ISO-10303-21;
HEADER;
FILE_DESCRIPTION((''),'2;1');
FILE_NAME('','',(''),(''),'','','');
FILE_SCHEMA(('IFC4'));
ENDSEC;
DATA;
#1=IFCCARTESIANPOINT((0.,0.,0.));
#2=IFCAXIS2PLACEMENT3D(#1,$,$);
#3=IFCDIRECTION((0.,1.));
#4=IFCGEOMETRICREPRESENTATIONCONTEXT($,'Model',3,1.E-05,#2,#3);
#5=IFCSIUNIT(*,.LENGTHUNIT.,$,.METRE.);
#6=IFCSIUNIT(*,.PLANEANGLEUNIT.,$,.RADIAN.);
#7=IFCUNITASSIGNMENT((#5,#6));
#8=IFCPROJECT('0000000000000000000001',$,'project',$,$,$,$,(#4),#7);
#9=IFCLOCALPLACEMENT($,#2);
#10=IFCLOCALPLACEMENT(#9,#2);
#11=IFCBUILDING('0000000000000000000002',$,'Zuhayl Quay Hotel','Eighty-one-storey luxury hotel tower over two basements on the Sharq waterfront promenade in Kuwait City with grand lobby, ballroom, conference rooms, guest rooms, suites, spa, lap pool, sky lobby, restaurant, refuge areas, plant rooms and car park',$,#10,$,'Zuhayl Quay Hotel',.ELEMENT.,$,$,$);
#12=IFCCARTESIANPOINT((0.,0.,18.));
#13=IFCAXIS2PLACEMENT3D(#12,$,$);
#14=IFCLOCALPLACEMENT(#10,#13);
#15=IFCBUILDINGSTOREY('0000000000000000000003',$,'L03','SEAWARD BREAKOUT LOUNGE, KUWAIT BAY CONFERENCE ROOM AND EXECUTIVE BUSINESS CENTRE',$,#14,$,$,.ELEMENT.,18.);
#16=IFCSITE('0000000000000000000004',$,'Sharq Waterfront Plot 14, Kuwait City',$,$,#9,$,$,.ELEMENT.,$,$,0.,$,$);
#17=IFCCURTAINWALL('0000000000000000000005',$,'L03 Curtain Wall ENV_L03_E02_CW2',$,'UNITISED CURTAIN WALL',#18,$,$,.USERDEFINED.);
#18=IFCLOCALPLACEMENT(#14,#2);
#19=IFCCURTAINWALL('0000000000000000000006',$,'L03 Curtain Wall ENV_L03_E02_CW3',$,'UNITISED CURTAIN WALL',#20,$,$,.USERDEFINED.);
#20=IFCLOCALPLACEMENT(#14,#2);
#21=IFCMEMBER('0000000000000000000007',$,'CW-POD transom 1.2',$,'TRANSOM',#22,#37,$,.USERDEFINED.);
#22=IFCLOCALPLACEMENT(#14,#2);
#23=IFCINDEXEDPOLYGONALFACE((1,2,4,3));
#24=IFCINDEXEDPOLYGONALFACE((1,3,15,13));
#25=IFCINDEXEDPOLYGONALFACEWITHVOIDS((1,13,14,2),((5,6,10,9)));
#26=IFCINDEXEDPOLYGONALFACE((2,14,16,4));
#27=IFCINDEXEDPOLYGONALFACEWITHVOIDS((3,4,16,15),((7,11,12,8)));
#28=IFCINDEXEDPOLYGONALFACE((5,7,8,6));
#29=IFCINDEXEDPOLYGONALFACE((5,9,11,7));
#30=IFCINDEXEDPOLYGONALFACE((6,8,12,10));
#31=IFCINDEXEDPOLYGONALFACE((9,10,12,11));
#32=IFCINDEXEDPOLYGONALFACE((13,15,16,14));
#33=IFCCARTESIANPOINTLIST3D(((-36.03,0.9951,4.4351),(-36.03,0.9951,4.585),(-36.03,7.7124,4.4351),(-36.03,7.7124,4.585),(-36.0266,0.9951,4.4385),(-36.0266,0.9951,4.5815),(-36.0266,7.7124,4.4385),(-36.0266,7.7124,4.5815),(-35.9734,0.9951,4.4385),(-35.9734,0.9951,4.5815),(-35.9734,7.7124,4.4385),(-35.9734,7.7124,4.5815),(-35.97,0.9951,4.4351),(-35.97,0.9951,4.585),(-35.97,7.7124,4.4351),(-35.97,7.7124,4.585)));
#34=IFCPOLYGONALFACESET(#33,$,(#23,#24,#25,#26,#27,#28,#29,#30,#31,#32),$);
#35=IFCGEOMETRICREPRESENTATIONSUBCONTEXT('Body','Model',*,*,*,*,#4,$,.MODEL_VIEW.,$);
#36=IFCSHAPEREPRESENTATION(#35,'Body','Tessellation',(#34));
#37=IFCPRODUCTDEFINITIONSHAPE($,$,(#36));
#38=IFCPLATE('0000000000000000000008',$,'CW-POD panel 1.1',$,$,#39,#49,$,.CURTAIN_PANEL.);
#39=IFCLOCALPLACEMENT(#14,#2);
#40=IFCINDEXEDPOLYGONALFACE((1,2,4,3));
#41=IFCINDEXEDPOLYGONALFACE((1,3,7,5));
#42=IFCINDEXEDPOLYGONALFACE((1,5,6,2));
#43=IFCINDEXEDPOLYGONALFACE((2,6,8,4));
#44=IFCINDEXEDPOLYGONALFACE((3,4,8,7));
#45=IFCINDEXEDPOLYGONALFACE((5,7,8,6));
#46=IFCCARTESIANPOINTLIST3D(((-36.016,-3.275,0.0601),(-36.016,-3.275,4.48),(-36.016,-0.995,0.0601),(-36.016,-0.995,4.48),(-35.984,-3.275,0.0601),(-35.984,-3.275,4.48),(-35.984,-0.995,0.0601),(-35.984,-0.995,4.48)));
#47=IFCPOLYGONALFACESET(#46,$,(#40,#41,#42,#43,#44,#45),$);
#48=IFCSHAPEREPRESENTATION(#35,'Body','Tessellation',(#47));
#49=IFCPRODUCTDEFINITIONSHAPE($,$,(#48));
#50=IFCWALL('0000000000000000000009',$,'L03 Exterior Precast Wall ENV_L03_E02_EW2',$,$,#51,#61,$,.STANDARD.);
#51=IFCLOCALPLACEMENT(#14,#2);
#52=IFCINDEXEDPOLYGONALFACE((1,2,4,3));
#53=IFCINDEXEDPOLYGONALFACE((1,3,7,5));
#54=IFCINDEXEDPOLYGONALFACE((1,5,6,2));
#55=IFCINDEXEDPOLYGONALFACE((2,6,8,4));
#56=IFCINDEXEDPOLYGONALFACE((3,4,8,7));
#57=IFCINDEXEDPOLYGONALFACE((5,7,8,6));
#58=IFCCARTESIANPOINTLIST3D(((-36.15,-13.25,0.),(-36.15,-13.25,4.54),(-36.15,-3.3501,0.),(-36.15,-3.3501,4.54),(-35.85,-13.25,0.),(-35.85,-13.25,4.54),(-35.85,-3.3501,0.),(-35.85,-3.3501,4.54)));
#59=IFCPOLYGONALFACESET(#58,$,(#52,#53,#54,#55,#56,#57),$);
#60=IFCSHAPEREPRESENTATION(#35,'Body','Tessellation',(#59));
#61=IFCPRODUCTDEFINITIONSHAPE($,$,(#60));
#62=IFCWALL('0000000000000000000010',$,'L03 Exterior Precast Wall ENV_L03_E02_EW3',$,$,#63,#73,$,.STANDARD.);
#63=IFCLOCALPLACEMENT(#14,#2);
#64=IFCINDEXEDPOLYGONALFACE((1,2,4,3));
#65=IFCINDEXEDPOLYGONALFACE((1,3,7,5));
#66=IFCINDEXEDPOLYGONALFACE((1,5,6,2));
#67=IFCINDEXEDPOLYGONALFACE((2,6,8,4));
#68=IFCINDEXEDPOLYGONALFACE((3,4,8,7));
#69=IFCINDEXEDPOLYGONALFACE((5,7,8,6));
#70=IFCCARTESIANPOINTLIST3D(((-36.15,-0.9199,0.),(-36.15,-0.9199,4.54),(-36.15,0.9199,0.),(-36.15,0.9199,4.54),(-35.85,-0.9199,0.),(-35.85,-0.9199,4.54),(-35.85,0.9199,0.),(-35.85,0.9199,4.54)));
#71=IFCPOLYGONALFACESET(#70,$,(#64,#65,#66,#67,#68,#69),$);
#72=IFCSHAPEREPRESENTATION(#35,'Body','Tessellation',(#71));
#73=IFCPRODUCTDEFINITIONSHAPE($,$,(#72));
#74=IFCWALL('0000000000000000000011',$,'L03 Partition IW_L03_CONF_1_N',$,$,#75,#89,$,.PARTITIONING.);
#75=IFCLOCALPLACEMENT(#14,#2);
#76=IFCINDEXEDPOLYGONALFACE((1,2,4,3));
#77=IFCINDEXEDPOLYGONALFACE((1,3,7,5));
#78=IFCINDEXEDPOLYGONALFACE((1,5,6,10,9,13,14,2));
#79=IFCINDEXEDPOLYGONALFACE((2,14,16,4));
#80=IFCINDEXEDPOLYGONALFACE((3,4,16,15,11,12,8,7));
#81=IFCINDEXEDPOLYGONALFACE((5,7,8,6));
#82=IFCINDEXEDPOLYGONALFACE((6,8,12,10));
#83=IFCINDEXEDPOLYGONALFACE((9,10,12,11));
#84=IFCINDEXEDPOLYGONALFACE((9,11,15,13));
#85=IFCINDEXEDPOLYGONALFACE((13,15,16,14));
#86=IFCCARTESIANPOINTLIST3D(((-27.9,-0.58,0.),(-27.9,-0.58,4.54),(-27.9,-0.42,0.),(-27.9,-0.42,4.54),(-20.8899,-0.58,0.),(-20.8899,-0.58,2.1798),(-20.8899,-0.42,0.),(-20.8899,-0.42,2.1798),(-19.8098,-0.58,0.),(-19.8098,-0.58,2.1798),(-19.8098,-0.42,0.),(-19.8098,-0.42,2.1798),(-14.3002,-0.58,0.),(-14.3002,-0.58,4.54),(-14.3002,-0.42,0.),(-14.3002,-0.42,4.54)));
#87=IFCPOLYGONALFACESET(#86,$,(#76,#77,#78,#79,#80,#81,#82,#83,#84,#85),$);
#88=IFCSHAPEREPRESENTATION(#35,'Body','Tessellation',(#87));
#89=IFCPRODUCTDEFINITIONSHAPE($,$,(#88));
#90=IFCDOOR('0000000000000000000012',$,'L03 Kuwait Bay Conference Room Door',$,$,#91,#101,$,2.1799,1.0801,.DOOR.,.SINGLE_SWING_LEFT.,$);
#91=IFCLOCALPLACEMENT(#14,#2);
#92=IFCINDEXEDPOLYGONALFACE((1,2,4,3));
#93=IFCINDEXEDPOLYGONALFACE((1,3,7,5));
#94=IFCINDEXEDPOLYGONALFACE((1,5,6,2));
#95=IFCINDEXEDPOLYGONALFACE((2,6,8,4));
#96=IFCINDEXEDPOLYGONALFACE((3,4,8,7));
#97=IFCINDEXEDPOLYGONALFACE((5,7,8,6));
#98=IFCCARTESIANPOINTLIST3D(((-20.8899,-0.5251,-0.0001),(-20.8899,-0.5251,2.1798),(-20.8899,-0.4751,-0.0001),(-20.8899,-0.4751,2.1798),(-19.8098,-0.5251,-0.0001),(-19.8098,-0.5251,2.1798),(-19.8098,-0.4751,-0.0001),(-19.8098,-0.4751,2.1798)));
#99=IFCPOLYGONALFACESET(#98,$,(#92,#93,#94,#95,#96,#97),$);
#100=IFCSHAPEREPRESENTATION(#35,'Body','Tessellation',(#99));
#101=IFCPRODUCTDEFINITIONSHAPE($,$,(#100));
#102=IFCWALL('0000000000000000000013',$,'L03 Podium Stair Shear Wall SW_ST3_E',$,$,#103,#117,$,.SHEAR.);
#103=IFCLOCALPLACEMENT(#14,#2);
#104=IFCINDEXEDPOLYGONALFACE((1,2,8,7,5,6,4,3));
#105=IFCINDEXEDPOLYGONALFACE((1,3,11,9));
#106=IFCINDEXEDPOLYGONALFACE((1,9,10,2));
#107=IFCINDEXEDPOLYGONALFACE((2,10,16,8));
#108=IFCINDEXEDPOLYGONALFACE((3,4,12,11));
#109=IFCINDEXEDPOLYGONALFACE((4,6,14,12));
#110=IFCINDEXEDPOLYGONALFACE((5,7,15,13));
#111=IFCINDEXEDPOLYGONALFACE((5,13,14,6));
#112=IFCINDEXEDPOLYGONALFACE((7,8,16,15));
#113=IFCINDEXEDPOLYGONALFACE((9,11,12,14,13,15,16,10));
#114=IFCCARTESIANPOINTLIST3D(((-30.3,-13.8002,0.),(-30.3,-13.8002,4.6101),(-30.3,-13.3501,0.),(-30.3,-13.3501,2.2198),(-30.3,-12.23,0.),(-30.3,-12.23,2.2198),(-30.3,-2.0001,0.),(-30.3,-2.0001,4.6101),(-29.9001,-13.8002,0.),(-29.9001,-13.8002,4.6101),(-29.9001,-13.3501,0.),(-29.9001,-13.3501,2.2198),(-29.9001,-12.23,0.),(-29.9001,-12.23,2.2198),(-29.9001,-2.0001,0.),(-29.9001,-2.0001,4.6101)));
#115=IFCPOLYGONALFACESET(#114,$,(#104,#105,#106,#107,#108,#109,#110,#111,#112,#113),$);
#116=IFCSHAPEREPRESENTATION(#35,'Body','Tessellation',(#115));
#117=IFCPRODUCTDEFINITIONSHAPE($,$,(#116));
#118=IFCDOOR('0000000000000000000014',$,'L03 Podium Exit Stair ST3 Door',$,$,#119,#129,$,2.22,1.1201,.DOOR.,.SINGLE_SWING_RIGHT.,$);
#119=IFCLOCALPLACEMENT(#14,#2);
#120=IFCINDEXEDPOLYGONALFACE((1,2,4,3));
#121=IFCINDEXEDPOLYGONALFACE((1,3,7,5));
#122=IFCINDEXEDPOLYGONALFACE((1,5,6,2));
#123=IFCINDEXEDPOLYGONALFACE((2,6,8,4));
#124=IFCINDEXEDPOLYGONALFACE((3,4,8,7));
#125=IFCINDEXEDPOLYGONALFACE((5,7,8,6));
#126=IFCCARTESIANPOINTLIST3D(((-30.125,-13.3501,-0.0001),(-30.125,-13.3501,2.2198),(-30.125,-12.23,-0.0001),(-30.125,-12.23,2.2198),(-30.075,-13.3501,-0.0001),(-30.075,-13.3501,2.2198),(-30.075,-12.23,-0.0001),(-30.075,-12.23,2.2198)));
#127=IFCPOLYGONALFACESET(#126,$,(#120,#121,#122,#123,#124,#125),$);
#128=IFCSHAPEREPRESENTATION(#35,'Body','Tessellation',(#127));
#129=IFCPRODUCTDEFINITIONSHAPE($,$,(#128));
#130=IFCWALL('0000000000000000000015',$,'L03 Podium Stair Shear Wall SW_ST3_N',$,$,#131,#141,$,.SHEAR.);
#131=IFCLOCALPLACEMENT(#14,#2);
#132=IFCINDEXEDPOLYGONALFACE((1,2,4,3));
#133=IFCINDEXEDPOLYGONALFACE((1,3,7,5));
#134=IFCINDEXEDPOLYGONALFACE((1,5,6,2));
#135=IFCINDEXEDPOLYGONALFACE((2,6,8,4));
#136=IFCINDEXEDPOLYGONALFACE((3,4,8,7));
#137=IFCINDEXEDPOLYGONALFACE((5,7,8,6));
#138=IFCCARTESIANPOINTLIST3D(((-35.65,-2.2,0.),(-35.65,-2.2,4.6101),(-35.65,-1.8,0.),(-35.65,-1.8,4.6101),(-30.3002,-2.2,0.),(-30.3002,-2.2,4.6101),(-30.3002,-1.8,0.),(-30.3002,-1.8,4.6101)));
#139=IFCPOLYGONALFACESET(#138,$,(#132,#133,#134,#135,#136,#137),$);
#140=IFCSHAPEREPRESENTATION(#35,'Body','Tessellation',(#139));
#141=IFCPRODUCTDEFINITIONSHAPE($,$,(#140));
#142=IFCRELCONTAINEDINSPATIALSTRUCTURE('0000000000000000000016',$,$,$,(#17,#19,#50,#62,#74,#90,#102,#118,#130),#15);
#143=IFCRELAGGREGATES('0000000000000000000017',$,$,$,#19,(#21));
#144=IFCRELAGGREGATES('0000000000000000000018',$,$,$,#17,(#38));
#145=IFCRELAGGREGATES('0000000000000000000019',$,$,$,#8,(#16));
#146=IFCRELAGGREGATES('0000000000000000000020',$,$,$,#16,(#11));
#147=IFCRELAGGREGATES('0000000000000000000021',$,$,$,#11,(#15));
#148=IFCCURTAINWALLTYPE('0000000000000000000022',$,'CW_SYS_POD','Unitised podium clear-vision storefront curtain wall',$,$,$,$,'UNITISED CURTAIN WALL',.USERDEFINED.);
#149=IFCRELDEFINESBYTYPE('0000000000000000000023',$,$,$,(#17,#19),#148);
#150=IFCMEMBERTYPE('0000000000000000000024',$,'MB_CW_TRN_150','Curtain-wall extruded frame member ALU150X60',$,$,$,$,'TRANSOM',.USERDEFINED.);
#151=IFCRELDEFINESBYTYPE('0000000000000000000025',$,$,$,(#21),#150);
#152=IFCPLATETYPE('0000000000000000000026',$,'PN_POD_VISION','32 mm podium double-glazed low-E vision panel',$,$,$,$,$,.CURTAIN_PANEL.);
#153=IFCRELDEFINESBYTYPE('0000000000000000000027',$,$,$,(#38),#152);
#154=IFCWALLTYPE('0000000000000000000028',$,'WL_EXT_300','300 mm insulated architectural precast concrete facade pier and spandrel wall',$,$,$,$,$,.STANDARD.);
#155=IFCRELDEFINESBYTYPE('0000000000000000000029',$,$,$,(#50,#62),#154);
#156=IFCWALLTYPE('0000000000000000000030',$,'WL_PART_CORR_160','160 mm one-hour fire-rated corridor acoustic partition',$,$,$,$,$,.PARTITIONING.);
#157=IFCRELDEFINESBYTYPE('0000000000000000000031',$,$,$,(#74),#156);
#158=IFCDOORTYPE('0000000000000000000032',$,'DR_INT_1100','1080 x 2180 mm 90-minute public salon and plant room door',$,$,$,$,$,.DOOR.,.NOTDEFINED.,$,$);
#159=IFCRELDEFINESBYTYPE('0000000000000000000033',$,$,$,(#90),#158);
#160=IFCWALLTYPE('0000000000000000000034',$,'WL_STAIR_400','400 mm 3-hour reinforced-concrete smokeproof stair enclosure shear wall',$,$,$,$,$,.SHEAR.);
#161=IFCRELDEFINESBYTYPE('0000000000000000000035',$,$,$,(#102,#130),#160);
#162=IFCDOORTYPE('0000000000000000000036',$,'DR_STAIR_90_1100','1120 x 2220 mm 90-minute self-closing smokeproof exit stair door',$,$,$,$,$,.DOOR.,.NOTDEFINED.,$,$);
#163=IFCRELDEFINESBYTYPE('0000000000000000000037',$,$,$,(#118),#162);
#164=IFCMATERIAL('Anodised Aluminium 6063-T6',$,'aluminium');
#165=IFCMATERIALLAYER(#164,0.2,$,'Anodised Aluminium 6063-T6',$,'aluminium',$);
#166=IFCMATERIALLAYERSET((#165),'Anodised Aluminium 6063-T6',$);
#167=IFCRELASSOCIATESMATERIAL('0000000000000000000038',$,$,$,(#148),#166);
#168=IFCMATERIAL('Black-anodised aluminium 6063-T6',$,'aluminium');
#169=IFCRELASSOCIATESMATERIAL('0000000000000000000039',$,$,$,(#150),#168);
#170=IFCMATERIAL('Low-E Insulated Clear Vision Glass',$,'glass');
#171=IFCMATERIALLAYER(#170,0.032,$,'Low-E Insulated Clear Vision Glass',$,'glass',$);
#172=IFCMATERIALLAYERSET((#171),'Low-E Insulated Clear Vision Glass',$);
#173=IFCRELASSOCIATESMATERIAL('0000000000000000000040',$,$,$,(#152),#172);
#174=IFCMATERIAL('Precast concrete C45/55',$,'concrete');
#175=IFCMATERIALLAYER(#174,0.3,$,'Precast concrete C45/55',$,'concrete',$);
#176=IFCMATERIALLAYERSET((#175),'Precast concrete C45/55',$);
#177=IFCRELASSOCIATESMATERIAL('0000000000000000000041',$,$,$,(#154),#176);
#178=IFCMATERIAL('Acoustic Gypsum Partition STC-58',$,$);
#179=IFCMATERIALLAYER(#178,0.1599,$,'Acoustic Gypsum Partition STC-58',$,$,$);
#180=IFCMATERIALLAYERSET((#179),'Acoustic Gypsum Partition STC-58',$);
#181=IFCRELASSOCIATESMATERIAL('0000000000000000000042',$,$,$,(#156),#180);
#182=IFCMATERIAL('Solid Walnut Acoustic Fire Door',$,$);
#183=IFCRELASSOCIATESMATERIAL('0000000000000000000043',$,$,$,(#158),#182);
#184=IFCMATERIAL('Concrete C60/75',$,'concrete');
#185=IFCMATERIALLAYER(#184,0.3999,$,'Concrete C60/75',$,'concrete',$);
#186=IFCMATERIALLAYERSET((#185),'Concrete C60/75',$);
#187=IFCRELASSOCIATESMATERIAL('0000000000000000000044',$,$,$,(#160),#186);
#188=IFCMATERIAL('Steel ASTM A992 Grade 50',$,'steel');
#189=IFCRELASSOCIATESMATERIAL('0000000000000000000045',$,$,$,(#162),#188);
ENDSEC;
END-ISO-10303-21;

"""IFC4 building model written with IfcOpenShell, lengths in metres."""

from ifc_helpers import new_model, si_unit, direction, frame, frame_2d, origin, origin_2d, place, context, subcontext, project, spatial, rectangle, hollow_rectangle, extrude, material, layer, layer_set, material_profile, profile_set, type_object, element, fill, aggregate, save


model = new_model("IFC4")

# Units and contexts
model_context = context("Model", 3, precision=1e-05, world=origin(), true_north=direction((0.0, 1.0)))
body_context = subcontext(model_context, "Body", "Model", "MODEL_VIEW")
ifc_project = project(units=[si_unit("LENGTHUNIT", "METRE"), si_unit("PLANEANGLEUNIT", "RADIAN")], contexts=[model_context])

# Site, building, storey
site_placement = place(None, origin())
site = spatial("IfcSite", under=ifc_project, at=site_placement, Name="Sharq Waterfront Plot 14, Kuwait City", CompositionType="ELEMENT", RefElevation=0.0)
building_placement = place(site_placement, origin())
building = spatial("IfcBuilding", under=site, at=building_placement, Name="Zuhayl Quay Hotel", Description="Eighty-one-storey luxury hotel tower over two basements on the Sharq waterfront promenade in Kuwait City with grand lobby, ballroom, conference rooms, guest rooms, suites, spa, lap pool, sky lobby, restaurant, refuge areas, plant rooms and car park", LongName="Zuhayl Quay Hotel", CompositionType="ELEMENT")
storey_placement = place(building_placement, frame((0.0, 0.0, 18.0)))
storey = spatial("IfcBuildingStorey", under=building, at=storey_placement, Name="L03", Description="SEAWARD BREAKOUT LOUNGE, KUWAIT BAY CONFERENCE ROOM AND EXECUTIVE BUSINESS CENTRE", CompositionType="ELEMENT", Elevation=18.0)

# Shared definitions
ifc_material_1 = material(Name="Anodised Aluminium 6063-T6", Category="aluminium")
ifc_layer_1 = layer(ifc_material_1, 0.2, Name="Anodised Aluminium 6063-T6", Category="aluminium")
ifc_layer_set_1 = layer_set([ifc_layer_1], Name="Anodised Aluminium 6063-T6")
curtain_wall_type = type_object("IfcCurtainWallType", Name="CW_SYS_POD", Description="Unitised podium clear-vision storefront curtain wall", ElementType="UNITISED CURTAIN WALL", PredefinedType="USERDEFINED", material=ifc_layer_set_1)
ifc_material_2 = material(Name="Black-anodised aluminium 6063-T6", Category="aluminium")

# Curtain wall
curtain_wall_1_placement = place(storey_placement, origin())
curtain_wall_1 = element("IfcCurtainWall", 1, at=curtain_wall_1_placement, inside=storey, type_object=curtain_wall_type, Name="L03 Curtain Wall ENV_L03_E02_CW2", ObjectType="UNITISED CURTAIN WALL", PredefinedType="USERDEFINED")

# Curtain wall
curtain_wall_2_placement = place(storey_placement, origin())
curtain_wall_2 = element("IfcCurtainWall", 2, at=curtain_wall_2_placement, inside=storey, type_object=curtain_wall_type, Name="L03 Curtain Wall ENV_L03_E02_CW3", ObjectType="UNITISED CURTAIN WALL", PredefinedType="USERDEFINED")

# Member
ifc_material_profile_1 = material_profile(ifc_material_2, hollow_rectangle(XDim=0.0601, YDim=0.1499, WallThickness=0.0034, at=origin_2d()), Name="ALU150X60")
ifc_profile_set_1 = profile_set([ifc_material_profile_1], Name="Black-anodised aluminium 6063-T6")
member_type_1 = type_object("IfcMemberType", Name="MB_CW_TRN_150", Description="Curtain-wall extruded frame member ALU150X60", ElementType="TRANSOM", PredefinedType="USERDEFINED", material=ifc_profile_set_1)
member_1_placement = place(storey_placement, frame((-36.0, 0.9951, 4.51), z_axis=(0.0, 1.0, 0.0), x_axis=(-1.0, 0.0, 0.0)))
member_1 = element("IfcMember", 3, at=member_1_placement, type_object=member_type_1, Name="CW-POD transom 1.2", ObjectType="TRANSOM", PredefinedType="USERDEFINED", context=body_context, shape_type="SweptSolid", body=[
    extrude(hollow_rectangle(XDim=0.0601, YDim=0.1499, WallThickness=0.0034, at=origin_2d()), origin(), (0.0, 0.0, 1.0), 6.7173),
])
aggregate(curtain_wall_2, [member_1])

# Plate
ifc_material_3 = material(Name="Low-E Insulated Clear Vision Glass", Category="glass")
ifc_layer_2 = layer(ifc_material_3, 0.032, Name="Low-E Insulated Clear Vision Glass", Category="glass")
ifc_layer_set_2 = layer_set([ifc_layer_2], Name="Low-E Insulated Clear Vision Glass")
plate_type = type_object("IfcPlateType", Name="PN_POD_VISION", Description="32 mm podium double-glazed low-E vision panel", PredefinedType="CURTAIN_PANEL", material=ifc_layer_set_2)
plate_placement = place(storey_placement, frame((-36.0, -2.135, 0.0601), z_axis=(0.0, 0.0, 1.0), x_axis=(0.0, 1.0, 0.0)))
plate = element("IfcPlate", 4, at=plate_placement, type_object=plate_type, Name="CW-POD panel 1.1", PredefinedType="CURTAIN_PANEL", context=body_context, shape_type="SweptSolid", body=[
    extrude(rectangle(XDim=2.28, YDim=0.032, at=origin_2d()), origin(), (0.0, 0.0, 1.0), 4.4199),
])
aggregate(curtain_wall_1, [plate])

# Walls
ifc_material_4 = material(Name="Precast concrete C45/55", Category="concrete")
ifc_layer_3 = layer(ifc_material_4, 0.3, Name="Precast concrete C45/55", Category="concrete")
ifc_layer_set_3 = layer_set([ifc_layer_3], Name="Precast concrete C45/55")
wall_type_1 = type_object("IfcWallType", Name="WL_EXT_300", Description="300 mm insulated architectural precast concrete facade pier and spandrel wall", PredefinedType="STANDARD", material=ifc_layer_set_3)
wall_1_placement = place(storey_placement, frame((-36.0, -13.25, 0.0), z_axis=(0.0, 0.0, 1.0), x_axis=(0.0, 1.0, 0.0)))
element("IfcWall", 5, at=wall_1_placement, inside=storey, type_object=wall_type_1, Name="L03 Exterior Precast Wall ENV_L03_E02_EW2", PredefinedType="STANDARD", context=body_context, shape_type="SweptSolid", body=[
    extrude(rectangle(XDim=9.8999, YDim=0.3, at=frame_2d((4.95, 0.0))), origin(), (0.0, 0.0, 1.0), 4.54),
])
wall_2_placement = place(storey_placement, frame((-36.0, -0.9199, 0.0), z_axis=(0.0, 0.0, 1.0), x_axis=(0.0, 1.0, 0.0)))
element("IfcWall", 6, at=wall_2_placement, inside=storey, type_object=wall_type_1, Name="L03 Exterior Precast Wall ENV_L03_E02_EW3", PredefinedType="STANDARD", context=body_context, shape_type="SweptSolid", body=[
    extrude(rectangle(XDim=1.8398, YDim=0.3, at=frame_2d((0.9199, 0.0))), origin(), (0.0, 0.0, 1.0), 4.54),
])

# Walls, openings, doors
ifc_material_5 = material(Name="Acoustic Gypsum Partition STC-58")
ifc_layer_4 = layer(ifc_material_5, 0.1599, Name="Acoustic Gypsum Partition STC-58")
ifc_layer_set_4 = layer_set([ifc_layer_4], Name="Acoustic Gypsum Partition STC-58")
wall_type_2 = type_object("IfcWallType", Name="WL_PART_CORR_160", Description="160 mm one-hour fire-rated corridor acoustic partition", PredefinedType="PARTITIONING", material=ifc_layer_set_4)
wall_3_placement = place(storey_placement, frame((-27.8999, -0.5, 0.0), z_axis=(0.0, 0.0, 1.0), x_axis=(1.0, 0.0, 0.0)))
wall_3 = element("IfcWall", 7, at=wall_3_placement, inside=storey, type_object=wall_type_2, Name="L03 Partition IW_L03_CONF_1_N", PredefinedType="PARTITIONING", context=body_context, shape_type="SweptSolid", body=[
    extrude(rectangle(XDim=13.5999, YDim=0.1599, at=frame_2d((6.7998, 0.0))), origin(), (0.0, 0.0, 1.0), 4.54),
])
opening_1_placement = place(wall_3_placement, frame((7.01, 0.0, 0.0)))
opening_1 = element("IfcOpeningElement", 8, at=opening_1_placement, cuts=wall_3, PredefinedType="OPENING", context=body_context, shape_type="SweptSolid", body=[
    extrude(rectangle(XDim=1.0801, YDim=2.1799, at=frame_2d((0.54, 1.0898))), frame((0.0, 0.0898, 0.0), z_axis=(0.0, -1.0, 0.0), x_axis=(1.0, 0.0, 0.0)), (0.0, 0.0, 1.0), 0.1799),
])
ifc_material_6 = material(Name="Solid Walnut Acoustic Fire Door")
door_type_1 = type_object("IfcDoorType", Name="DR_INT_1100", Description="1080 x 2180 mm 90-minute public salon and plant room door", OperationType="NOTDEFINED", PredefinedType="DOOR", material=ifc_material_6)
door_1_placement = place(opening_1_placement, origin())
door_1 = element("IfcDoor", 9, at=door_1_placement, inside=storey, type_object=door_type_1, Name="L03 Kuwait Bay Conference Room Door", OperationType="SINGLE_SWING_LEFT", OverallHeight=2.1799, OverallWidth=1.0801, PredefinedType="DOOR", context=body_context, shape_type="SweptSolid", body=[
    extrude(rectangle(XDim=1.0801, YDim=2.1799, at=frame_2d((0.54, 1.0898))), frame((0.0, 0.0249, 0.0), z_axis=(0.0, -1.0, 0.0), x_axis=(1.0, 0.0, 0.0)), (0.0, 0.0, 1.0), 0.05),
])
fill(opening_1, door_1)
ifc_material_7 = material(Name="Concrete C60/75", Category="concrete")
ifc_layer_5 = layer(ifc_material_7, 0.3999, Name="Concrete C60/75", Category="concrete")
ifc_layer_set_5 = layer_set([ifc_layer_5], Name="Concrete C60/75")
wall_type_3 = type_object("IfcWallType", Name="WL_STAIR_400", Description="400 mm 3-hour reinforced-concrete smokeproof stair enclosure shear wall", PredefinedType="SHEAR", material=ifc_layer_set_5)
wall_4_placement = place(storey_placement, frame((-30.1001, -13.8, 0.0), z_axis=(0.0, 0.0, 1.0), x_axis=(0.0, 1.0, 0.0)))
wall_4 = element("IfcWall", 10, at=wall_4_placement, inside=storey, type_object=wall_type_3, Name="L03 Podium Stair Shear Wall SW_ST3_E", PredefinedType="SHEAR", context=body_context, shape_type="SweptSolid", body=[
    extrude(rectangle(XDim=11.8, YDim=0.3999, at=frame_2d((5.8999, 0.0))), origin(), (0.0, 0.0, 1.0), 4.6101),
])
opening_2_placement = place(wall_4_placement, frame((0.45, 0.0, 0.0)))
opening_2 = element("IfcOpeningElement", 11, at=opening_2_placement, cuts=wall_4, PredefinedType="OPENING", context=body_context, shape_type="SweptSolid", body=[
    extrude(rectangle(XDim=1.1201, YDim=2.22, at=frame_2d((0.5601, 1.1099))), frame((0.0, 0.21, 0.0), z_axis=(0.0, -1.0, 0.0), x_axis=(1.0, 0.0, 0.0)), (0.0, 0.0, 1.0), 0.4199),
])
ifc_material_8 = material(Name="Steel ASTM A992 Grade 50", Category="steel")
door_type_2 = type_object("IfcDoorType", Name="DR_STAIR_90_1100", Description="1120 x 2220 mm 90-minute self-closing smokeproof exit stair door", OperationType="NOTDEFINED", PredefinedType="DOOR", material=ifc_material_8)
door_2_placement = place(opening_2_placement, origin())
door_2 = element("IfcDoor", 12, at=door_2_placement, inside=storey, type_object=door_type_2, Name="L03 Podium Exit Stair ST3 Door", OperationType="SINGLE_SWING_RIGHT", OverallHeight=2.22, OverallWidth=1.1201, PredefinedType="DOOR", context=body_context, shape_type="SweptSolid", body=[
    extrude(rectangle(XDim=1.1201, YDim=2.22, at=frame_2d((0.5601, 1.1099))), frame((0.0, 0.0249, 0.0), z_axis=(0.0, -1.0, 0.0), x_axis=(1.0, 0.0, 0.0)), (0.0, 0.0, 1.0), 0.05),
])
fill(opening_2, door_2)

# Wall
wall_5_placement = place(storey_placement, frame((-35.6499, -2.0, 0.0), z_axis=(0.0, 0.0, 1.0), x_axis=(1.0, 0.0, 0.0)))
element("IfcWall", 13, at=wall_5_placement, inside=storey, type_object=wall_type_3, Name="L03 Podium Stair Shear Wall SW_ST3_N", PredefinedType="SHEAR", context=body_context, shape_type="SweptSolid", body=[
    extrude(rectangle(XDim=5.3499, YDim=0.3999, at=frame_2d((2.6748, 0.0))), origin(), (0.0, 0.0, 1.0), 4.6101),
])

save(model, "model.ifc")
